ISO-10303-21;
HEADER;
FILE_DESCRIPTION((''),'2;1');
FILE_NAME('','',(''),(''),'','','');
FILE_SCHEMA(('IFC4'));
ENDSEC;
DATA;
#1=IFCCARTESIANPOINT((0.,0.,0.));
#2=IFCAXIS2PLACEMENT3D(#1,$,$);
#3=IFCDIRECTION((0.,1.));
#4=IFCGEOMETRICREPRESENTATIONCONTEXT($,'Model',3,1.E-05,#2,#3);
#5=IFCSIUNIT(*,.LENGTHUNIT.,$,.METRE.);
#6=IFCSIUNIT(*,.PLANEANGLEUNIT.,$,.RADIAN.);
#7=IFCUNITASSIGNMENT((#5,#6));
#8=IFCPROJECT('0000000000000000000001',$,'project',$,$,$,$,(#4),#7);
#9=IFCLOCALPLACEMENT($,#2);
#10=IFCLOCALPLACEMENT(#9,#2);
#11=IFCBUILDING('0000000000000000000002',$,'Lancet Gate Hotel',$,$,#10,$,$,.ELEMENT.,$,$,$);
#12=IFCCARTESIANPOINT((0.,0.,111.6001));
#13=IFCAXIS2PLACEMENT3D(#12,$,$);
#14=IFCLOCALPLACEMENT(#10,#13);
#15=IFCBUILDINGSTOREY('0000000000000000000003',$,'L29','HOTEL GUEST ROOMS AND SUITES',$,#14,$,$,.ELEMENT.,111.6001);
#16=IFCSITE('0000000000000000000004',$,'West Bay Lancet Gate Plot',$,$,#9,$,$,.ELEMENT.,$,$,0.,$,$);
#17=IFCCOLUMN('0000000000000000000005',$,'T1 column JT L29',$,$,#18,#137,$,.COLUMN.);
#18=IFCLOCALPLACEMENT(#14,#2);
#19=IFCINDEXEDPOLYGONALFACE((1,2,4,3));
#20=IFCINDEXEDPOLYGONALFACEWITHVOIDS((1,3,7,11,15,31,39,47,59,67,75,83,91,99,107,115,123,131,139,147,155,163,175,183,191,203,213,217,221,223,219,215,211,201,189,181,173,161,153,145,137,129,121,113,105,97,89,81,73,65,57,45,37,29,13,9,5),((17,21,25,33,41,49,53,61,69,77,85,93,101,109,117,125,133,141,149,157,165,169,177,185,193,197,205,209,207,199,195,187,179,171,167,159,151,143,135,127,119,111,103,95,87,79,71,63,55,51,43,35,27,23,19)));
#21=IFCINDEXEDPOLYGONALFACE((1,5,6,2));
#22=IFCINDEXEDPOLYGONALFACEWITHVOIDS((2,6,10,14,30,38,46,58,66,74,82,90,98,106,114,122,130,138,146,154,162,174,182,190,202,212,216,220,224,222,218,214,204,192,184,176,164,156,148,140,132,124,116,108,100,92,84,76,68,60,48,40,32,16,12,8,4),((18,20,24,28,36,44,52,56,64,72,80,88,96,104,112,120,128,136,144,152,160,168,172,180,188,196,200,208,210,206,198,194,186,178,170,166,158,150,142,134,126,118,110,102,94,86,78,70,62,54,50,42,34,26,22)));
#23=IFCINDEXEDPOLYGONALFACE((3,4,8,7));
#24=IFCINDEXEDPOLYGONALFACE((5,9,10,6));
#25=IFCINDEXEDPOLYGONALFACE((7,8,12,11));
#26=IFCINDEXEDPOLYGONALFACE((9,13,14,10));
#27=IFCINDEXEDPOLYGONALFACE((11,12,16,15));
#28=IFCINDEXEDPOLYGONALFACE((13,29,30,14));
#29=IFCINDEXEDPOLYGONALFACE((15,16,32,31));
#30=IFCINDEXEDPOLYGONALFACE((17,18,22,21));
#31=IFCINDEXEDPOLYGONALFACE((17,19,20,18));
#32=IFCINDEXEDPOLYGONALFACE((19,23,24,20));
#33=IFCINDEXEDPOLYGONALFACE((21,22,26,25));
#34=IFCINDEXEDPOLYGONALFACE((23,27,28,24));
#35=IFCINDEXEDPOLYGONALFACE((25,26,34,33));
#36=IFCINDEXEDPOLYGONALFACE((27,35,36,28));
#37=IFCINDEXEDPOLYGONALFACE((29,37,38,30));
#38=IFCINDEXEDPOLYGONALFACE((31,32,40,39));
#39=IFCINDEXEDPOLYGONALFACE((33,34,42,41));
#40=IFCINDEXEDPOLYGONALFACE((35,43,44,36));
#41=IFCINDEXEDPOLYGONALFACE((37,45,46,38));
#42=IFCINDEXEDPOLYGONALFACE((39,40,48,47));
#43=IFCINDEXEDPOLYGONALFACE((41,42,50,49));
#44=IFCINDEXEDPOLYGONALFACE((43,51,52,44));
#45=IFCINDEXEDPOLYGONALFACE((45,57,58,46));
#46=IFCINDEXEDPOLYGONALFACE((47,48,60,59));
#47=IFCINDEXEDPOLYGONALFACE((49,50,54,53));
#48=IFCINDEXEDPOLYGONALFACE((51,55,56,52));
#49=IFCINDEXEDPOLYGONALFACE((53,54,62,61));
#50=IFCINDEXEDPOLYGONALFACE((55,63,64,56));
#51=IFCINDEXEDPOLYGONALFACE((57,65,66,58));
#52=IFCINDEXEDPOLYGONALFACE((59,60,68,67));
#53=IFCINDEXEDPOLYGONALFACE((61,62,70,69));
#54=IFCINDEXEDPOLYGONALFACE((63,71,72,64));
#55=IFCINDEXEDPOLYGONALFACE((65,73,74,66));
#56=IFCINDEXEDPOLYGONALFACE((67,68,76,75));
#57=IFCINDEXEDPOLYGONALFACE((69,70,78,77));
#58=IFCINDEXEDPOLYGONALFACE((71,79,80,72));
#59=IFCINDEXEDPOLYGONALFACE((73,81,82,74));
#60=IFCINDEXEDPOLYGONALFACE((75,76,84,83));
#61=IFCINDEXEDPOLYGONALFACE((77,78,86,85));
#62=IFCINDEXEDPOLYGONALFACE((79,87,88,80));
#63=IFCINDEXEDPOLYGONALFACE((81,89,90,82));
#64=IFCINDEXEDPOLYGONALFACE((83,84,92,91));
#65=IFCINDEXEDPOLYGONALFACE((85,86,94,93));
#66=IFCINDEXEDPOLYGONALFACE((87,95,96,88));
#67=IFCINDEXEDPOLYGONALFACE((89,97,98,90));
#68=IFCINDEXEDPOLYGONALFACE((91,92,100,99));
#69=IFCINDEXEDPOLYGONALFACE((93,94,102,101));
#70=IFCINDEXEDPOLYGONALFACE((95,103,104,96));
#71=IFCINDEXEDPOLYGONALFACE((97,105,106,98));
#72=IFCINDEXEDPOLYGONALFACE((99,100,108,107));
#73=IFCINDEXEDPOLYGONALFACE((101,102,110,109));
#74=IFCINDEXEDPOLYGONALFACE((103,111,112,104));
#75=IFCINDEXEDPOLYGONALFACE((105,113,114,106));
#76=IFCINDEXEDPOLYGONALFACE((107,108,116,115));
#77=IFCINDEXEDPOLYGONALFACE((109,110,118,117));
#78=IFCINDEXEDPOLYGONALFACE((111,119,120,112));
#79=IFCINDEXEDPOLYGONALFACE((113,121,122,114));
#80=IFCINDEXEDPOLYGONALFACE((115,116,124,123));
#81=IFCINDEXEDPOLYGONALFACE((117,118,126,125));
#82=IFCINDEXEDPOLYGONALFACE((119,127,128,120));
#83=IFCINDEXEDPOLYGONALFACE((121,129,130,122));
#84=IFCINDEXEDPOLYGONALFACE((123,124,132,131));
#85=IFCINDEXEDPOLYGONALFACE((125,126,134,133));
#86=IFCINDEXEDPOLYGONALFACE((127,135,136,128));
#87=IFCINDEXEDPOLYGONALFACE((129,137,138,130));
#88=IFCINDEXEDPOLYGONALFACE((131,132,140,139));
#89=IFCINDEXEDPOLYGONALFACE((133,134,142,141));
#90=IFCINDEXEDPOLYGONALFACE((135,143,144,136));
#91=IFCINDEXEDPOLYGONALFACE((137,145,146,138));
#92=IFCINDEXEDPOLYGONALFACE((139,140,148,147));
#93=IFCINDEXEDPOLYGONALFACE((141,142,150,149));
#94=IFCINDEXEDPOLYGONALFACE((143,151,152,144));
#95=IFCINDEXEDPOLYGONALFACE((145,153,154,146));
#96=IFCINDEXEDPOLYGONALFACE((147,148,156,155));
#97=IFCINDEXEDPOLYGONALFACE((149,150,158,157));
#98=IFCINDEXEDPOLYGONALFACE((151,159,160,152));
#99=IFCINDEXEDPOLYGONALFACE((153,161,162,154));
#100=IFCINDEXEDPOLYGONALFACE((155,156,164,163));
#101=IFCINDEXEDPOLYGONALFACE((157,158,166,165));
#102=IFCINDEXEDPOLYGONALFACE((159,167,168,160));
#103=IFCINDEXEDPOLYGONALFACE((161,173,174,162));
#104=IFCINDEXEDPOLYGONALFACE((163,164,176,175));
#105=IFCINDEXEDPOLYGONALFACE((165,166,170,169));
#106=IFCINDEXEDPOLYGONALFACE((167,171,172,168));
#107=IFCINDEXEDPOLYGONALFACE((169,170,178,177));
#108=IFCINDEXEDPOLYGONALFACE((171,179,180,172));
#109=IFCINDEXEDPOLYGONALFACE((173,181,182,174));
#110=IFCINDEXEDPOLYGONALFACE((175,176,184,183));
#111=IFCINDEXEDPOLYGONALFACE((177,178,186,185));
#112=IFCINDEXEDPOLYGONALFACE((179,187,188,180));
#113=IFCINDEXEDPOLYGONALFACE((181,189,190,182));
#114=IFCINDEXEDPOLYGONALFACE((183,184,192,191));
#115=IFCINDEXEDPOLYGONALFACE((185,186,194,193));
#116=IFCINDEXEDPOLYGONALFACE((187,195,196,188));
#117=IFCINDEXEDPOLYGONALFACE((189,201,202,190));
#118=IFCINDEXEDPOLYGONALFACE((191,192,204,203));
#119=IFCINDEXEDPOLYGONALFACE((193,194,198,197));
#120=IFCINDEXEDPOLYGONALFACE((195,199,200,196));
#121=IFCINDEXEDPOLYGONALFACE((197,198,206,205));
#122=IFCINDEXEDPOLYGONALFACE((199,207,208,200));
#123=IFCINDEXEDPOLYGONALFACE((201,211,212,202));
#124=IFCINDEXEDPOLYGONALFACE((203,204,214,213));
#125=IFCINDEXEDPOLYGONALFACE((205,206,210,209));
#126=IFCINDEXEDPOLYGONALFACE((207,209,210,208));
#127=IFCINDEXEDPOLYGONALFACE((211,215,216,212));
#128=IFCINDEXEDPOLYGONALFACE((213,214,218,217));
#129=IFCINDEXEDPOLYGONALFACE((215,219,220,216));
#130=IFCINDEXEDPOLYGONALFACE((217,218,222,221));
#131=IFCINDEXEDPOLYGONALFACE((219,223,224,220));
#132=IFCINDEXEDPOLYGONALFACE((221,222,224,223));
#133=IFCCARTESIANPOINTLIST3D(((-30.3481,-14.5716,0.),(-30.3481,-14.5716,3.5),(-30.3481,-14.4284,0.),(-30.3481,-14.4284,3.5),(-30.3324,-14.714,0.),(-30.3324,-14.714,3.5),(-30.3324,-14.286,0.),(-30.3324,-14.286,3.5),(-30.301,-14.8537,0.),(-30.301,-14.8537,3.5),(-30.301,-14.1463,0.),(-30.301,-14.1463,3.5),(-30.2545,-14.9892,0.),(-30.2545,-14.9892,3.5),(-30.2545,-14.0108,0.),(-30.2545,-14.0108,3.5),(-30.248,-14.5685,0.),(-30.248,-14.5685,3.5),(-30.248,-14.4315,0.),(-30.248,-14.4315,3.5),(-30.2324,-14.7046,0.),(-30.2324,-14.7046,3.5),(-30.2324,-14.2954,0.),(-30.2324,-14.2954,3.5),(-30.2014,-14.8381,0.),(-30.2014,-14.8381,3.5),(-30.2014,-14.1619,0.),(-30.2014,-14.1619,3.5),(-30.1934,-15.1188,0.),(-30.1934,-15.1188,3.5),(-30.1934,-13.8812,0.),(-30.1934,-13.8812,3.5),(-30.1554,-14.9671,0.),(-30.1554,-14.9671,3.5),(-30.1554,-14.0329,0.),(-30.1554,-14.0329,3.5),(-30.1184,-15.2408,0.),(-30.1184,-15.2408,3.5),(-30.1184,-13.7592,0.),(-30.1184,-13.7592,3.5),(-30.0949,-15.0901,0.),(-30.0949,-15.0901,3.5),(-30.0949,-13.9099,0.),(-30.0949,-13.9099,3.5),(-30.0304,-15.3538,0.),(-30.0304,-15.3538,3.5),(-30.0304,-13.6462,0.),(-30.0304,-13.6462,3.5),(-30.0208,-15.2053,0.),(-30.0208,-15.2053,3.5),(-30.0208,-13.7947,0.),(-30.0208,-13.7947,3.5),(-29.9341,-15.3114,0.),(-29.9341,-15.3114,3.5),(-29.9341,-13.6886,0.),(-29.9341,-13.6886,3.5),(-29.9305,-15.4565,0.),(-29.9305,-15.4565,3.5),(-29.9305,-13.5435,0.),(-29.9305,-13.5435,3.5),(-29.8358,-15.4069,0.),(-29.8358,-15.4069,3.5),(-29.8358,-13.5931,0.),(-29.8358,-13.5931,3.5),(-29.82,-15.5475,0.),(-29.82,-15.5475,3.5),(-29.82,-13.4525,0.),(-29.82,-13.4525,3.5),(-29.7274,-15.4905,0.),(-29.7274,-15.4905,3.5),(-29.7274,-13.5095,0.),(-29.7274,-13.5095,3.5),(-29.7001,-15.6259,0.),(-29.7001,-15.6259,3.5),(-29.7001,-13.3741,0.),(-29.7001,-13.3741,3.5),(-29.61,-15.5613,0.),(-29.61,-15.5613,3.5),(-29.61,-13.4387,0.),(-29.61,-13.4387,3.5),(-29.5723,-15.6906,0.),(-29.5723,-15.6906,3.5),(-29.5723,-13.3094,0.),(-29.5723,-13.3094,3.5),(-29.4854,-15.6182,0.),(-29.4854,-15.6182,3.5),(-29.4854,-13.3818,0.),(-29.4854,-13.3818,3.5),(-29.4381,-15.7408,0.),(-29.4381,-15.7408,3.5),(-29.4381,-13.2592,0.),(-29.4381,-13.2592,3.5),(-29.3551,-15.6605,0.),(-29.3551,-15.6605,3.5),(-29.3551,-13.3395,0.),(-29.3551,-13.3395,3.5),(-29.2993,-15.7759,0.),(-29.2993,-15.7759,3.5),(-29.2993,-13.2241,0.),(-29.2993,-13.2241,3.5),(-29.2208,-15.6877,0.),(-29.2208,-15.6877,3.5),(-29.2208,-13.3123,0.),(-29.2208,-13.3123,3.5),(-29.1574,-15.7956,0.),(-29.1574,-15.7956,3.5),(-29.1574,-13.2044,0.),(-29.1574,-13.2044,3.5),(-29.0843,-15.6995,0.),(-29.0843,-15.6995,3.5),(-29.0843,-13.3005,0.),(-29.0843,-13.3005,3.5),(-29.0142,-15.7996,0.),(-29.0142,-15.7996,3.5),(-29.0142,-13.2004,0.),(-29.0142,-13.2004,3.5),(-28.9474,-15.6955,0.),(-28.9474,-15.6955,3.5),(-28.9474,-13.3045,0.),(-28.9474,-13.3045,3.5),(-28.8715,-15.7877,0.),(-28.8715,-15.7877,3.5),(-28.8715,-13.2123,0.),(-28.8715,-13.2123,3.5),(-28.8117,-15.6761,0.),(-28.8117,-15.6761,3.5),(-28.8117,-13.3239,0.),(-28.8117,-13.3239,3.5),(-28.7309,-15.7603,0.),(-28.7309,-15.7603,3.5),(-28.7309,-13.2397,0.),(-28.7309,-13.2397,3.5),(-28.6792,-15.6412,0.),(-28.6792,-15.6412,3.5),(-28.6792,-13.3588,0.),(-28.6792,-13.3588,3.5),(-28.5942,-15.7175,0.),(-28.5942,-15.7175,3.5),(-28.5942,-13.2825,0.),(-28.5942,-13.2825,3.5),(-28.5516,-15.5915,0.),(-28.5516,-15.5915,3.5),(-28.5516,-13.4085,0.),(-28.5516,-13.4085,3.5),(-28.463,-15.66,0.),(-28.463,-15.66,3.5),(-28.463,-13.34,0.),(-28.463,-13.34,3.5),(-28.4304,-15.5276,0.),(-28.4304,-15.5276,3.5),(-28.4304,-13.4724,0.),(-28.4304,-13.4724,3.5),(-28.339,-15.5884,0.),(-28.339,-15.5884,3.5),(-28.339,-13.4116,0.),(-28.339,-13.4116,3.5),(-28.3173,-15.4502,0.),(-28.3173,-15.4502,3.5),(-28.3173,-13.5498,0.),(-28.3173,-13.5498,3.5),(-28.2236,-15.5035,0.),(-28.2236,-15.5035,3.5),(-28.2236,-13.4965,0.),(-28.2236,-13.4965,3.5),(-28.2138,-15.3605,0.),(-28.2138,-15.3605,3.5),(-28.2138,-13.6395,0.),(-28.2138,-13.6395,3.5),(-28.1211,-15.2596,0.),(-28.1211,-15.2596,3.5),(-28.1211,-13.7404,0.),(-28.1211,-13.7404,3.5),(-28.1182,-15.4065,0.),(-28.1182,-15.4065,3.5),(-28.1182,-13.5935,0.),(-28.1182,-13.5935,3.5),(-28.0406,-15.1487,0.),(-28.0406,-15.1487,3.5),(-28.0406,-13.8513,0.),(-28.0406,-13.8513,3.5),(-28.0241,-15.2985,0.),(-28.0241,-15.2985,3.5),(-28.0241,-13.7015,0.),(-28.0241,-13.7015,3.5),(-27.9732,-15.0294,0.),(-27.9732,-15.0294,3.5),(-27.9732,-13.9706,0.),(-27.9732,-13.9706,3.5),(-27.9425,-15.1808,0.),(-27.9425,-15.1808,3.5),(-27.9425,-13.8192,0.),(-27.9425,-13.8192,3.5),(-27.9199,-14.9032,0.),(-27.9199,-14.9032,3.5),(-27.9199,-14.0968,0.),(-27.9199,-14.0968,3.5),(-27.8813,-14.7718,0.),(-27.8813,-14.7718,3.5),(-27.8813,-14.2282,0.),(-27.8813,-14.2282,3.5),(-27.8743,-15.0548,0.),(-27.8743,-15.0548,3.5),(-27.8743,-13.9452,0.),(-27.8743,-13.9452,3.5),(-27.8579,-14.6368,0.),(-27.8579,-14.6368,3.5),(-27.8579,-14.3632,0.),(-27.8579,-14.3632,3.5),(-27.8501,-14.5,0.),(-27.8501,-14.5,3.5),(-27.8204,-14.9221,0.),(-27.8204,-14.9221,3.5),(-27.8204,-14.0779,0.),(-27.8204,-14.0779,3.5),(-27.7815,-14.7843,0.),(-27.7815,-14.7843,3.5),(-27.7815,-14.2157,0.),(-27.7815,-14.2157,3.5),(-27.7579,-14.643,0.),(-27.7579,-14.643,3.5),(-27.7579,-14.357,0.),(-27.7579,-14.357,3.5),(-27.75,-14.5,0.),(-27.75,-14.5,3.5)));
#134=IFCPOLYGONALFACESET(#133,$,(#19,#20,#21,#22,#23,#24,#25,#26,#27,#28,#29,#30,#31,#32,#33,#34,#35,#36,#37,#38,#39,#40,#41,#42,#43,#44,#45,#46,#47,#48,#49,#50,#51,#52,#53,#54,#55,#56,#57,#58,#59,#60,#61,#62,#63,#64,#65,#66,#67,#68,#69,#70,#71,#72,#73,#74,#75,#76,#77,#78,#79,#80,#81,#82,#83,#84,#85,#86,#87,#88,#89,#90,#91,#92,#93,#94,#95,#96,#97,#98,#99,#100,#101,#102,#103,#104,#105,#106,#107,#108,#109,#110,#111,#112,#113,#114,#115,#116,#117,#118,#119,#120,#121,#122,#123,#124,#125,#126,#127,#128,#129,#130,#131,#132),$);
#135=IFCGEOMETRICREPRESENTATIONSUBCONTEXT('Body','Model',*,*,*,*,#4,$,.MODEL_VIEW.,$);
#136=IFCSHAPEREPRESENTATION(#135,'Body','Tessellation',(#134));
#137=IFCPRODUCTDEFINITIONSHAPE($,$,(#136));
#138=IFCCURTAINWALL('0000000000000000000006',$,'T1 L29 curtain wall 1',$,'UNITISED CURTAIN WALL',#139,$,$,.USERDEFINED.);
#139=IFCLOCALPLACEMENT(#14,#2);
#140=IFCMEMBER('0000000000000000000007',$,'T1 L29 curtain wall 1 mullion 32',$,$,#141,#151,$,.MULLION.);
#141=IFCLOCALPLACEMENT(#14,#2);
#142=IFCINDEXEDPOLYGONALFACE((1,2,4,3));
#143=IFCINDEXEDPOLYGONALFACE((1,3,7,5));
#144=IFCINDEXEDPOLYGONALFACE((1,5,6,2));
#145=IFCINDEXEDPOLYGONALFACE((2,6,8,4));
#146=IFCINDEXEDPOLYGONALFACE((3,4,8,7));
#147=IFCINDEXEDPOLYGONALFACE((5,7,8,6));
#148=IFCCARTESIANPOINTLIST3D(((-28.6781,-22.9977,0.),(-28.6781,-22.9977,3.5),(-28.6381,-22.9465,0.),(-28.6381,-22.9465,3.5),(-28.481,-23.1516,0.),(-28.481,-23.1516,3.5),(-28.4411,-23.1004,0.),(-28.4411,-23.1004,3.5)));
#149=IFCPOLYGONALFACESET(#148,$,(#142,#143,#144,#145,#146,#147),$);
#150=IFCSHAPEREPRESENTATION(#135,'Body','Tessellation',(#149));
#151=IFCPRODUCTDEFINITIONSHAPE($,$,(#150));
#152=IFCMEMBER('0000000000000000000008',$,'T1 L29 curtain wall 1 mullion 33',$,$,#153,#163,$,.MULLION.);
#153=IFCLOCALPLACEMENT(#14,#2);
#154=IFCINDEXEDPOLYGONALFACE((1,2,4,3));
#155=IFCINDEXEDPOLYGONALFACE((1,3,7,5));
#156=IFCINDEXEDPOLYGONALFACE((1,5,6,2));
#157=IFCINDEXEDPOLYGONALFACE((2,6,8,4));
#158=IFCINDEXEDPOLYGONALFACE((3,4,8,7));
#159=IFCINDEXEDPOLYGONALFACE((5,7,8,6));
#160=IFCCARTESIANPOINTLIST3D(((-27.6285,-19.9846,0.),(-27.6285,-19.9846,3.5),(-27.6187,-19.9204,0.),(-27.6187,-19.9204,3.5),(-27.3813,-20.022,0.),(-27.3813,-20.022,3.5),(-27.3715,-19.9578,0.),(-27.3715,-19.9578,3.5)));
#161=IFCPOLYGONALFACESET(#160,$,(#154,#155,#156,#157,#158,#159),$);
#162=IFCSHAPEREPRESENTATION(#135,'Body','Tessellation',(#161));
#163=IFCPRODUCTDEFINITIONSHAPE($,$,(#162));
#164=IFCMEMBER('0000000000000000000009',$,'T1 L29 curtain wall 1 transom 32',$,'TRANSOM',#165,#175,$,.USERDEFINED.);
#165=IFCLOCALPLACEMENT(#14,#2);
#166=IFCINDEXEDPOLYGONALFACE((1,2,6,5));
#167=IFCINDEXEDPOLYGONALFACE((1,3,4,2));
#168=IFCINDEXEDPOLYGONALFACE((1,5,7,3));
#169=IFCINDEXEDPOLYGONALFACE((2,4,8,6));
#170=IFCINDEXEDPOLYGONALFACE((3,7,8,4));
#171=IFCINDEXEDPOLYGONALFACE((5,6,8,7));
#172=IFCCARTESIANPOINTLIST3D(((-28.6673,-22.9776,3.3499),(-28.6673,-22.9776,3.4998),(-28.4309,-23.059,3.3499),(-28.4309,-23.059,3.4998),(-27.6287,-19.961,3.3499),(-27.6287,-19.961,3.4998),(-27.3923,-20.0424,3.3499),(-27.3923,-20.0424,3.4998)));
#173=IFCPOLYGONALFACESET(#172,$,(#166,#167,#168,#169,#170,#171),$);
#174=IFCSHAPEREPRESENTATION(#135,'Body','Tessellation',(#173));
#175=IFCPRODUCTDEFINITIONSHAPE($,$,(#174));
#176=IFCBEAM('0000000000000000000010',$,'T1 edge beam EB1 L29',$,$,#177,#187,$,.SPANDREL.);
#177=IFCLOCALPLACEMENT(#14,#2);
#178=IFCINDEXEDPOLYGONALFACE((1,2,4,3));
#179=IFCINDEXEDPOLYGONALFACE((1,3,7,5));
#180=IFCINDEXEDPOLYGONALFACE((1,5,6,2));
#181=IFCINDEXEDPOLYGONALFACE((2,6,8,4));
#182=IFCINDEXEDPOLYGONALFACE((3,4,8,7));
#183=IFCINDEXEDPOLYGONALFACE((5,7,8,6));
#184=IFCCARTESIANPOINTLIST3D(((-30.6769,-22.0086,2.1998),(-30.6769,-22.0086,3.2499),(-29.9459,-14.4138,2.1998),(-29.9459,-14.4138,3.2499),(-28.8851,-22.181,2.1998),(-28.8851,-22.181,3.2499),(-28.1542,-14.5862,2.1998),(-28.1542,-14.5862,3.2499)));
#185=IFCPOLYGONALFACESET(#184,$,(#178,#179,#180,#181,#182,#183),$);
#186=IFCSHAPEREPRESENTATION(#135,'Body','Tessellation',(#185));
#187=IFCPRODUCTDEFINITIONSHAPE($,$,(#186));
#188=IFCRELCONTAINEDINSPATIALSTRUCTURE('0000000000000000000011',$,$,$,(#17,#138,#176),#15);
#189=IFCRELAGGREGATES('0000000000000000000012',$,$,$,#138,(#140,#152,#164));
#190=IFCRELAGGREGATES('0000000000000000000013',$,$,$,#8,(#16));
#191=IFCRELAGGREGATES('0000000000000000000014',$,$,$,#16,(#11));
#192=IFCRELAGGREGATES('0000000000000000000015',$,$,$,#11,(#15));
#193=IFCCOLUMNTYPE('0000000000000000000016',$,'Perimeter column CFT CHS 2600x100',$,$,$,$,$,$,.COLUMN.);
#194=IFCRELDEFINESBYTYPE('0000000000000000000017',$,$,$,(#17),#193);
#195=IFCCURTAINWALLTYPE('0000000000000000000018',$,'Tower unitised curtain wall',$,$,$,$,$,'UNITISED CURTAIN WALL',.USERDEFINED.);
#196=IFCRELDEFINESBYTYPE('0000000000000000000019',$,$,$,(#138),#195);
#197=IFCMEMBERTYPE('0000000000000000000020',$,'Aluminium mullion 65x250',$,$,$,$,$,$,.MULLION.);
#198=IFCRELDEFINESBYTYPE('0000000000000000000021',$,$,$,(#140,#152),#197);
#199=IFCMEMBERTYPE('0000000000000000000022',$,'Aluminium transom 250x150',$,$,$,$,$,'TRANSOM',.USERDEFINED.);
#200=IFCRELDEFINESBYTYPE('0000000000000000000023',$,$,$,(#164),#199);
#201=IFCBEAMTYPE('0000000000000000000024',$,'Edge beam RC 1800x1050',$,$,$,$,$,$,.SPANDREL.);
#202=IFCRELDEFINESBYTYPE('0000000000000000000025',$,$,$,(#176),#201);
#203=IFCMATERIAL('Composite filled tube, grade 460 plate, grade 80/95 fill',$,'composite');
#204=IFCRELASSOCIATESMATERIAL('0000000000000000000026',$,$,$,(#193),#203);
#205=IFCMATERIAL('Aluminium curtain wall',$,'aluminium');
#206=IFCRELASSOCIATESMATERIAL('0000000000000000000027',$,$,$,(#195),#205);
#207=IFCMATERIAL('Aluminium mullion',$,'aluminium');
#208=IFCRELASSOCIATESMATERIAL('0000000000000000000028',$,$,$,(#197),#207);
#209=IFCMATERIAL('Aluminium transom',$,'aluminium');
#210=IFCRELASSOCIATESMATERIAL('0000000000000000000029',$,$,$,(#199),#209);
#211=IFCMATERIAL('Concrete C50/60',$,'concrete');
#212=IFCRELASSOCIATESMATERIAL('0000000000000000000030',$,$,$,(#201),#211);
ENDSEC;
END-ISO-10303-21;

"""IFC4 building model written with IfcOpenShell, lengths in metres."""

from ifc_helpers import new_model, si_unit, direction, frame, origin, origin_2d, place, context, subcontext, project, spatial, rectangle, hollow_circle, extrude, material, material_profile, profile_set, type_object, element, aggregate, save


model = new_model("IFC4")

# Units and contexts
model_context = context("Model", 3, precision=1e-05, world=origin(), true_north=direction((0.0, 1.0)))
body_context = subcontext(model_context, "Body", "Model", "MODEL_VIEW")
ifc_project = project(units=[si_unit("LENGTHUNIT", "METRE"), si_unit("PLANEANGLEUNIT", "RADIAN")], contexts=[model_context])

# Site, building, storey
site_placement = place(None, origin())
site = spatial("IfcSite", under=ifc_project, at=site_placement, Name="West Bay Lancet Gate Plot", CompositionType="ELEMENT", RefElevation=0.0)
building_placement = place(site_placement, origin())
building = spatial("IfcBuilding", under=site, at=building_placement, Name="Lancet Gate Hotel", CompositionType="ELEMENT")
storey_placement = place(building_placement, frame((0.0, 0.0, 111.6001)))
storey = spatial("IfcBuildingStorey", under=building, at=storey_placement, Name="L29", Description="HOTEL GUEST ROOMS AND SUITES", CompositionType="ELEMENT", Elevation=111.6001)

# Column
ifc_material_1 = material(Name="Composite filled tube, grade 460 plate, grade 80/95 fill", Category="composite")
ifc_material_profile_1 = material_profile(ifc_material_1, hollow_circle(Radius=1.3, WallThickness=0.1001, at=origin_2d()), Name="CHS 2600x100")
ifc_profile_set_1 = profile_set([ifc_material_profile_1], Name="Composite filled tube, grade 460 plate, grade 80/95 fill")
column_type = type_object("IfcColumnType", Name="Perimeter column CFT CHS 2600x100", PredefinedType="COLUMN", material=ifc_profile_set_1)
for number, where, z_axis, x_axis, name in (
    (1, (-29.05, -14.5, 0.0), (0.0, 0.0, 1.0), (1.0, 0.0, 0.0), "T1 column JT L29"),
):
    element("IfcColumn", number, at=place(storey_placement, frame(where, z_axis=z_axis, x_axis=x_axis)), inside=storey, type_object=column_type, Name=name, PredefinedType="COLUMN", context=body_context, shape_type="SweptSolid", body=[
        extrude(hollow_circle(Radius=1.3, WallThickness=0.1001, at=origin_2d()), origin(), (0.0, 0.0, 1.0), 3.5),
    ])

# Curtain wall, members
ifc_material_2 = material(Name="Aluminium curtain wall", Category="aluminium")
curtain_wall_type = type_object("IfcCurtainWallType", Name="Tower unitised curtain wall", ElementType="UNITISED CURTAIN WALL", PredefinedType="USERDEFINED", material=ifc_material_2)
curtain_wall_placement = place(storey_placement, origin())
curtain_wall = element("IfcCurtainWall", 2, at=curtain_wall_placement, inside=storey, type_object=curtain_wall_type, Name="T1 L29 curtain wall 1", ObjectType="UNITISED CURTAIN WALL", PredefinedType="USERDEFINED")
ifc_material_3 = material(Name="Aluminium mullion", Category="aluminium")
ifc_material_profile_2 = material_profile(ifc_material_3, rectangle(XDim=0.0649, YDim=0.25, at=origin_2d()), Name="MULLION 65x250")
ifc_profile_set_2 = profile_set([ifc_material_profile_2], Name="Aluminium mullion")
member_type_1 = type_object("IfcMemberType", Name="Aluminium mullion 65x250", PredefinedType="MULLION", material=ifc_profile_set_2)
member_1_placement = place(storey_placement, frame((-28.5596, -23.0491, 0.0), z_axis=(0.0, 0.0, 1.0), x_axis=(0.615574, 0.788079, 0.0)))
member_1 = element("IfcMember", 3, at=member_1_placement, type_object=member_type_1, Name="T1 L29 curtain wall 1 mullion 32", PredefinedType="MULLION", context=body_context, shape_type="SweptSolid", body=[
    extrude(rectangle(XDim=0.0649, YDim=0.25, at=origin_2d()), origin(), (0.0, 0.0, 1.0), 3.5),
])
member_2_placement = place(storey_placement, frame((-27.5, -19.9712, 0.0), z_axis=(0.0, 0.0, 1.0), x_axis=(0.149634, 0.988741, 0.0)))
member_2 = element("IfcMember", 4, at=member_2_placement, type_object=member_type_1, Name="T1 L29 curtain wall 1 mullion 33", PredefinedType="MULLION", context=body_context, shape_type="SweptSolid", body=[
    extrude(rectangle(XDim=0.0649, YDim=0.25, at=origin_2d()), origin(), (0.0, 0.0, 1.0), 3.5),
])
ifc_material_4 = material(Name="Aluminium transom", Category="aluminium")
ifc_material_profile_3 = material_profile(ifc_material_4, rectangle(XDim=0.25, YDim=0.1499, at=origin_2d()), Name="TRANSOM 250x150")
ifc_profile_set_3 = profile_set([ifc_material_profile_3], Name="Aluminium transom")
member_type_2 = type_object("IfcMemberType", Name="Aluminium transom 250x150", ElementType="TRANSOM", PredefinedType="USERDEFINED", material=ifc_profile_set_3)
member_3_placement = place(storey_placement, frame((-28.5491, -23.0183, 3.4248), z_axis=(0.325533, 0.945531, 0.0), x_axis=(-0.945531, 0.325533, 0.0)))
member_3 = element("IfcMember", 5, at=member_3_placement, type_object=member_type_2, Name="T1 L29 curtain wall 1 transom 32", ObjectType="TRANSOM", PredefinedType="USERDEFINED", context=body_context, shape_type="SweptSolid", body=[
    extrude(rectangle(XDim=0.25, YDim=0.1499, at=origin_2d()), origin(), (0.0, 0.0, 1.0), 3.1904),
])

# Beam
ifc_material_5 = material(Name="Concrete C50/60", Category="concrete")
ifc_material_profile_4 = material_profile(ifc_material_5, rectangle(XDim=1.8, YDim=1.05, at=origin_2d()), Name="RC 1800x1050")
ifc_profile_set_4 = profile_set([ifc_material_profile_4], Name="Concrete C50/60")
beam_type_1 = type_object("IfcBeamType", Name="Edge beam RC 1800x1050", PredefinedType="SPANDREL", material=ifc_profile_set_4)
beam_1_placement = place(storey_placement, frame((-29.05, -14.5, 2.7249), z_axis=(-0.095803, -0.9954, 0.0), x_axis=(0.9954, -0.095803, 0.0)))
element("IfcBeam", 6, at=beam_1_placement, inside=storey, type_object=beam_type_1, Name="T1 edge beam EB1 L29", PredefinedType="SPANDREL", context=body_context, shape_type="SweptSolid", body=[
    extrude(rectangle(XDim=1.8, YDim=1.05, at=origin_2d()), origin(), (0.0, 0.0, 1.0), 7.6299),
])

aggregate(curtain_wall, [member_1, member_2, member_3])

save(model, "model.ifc")
